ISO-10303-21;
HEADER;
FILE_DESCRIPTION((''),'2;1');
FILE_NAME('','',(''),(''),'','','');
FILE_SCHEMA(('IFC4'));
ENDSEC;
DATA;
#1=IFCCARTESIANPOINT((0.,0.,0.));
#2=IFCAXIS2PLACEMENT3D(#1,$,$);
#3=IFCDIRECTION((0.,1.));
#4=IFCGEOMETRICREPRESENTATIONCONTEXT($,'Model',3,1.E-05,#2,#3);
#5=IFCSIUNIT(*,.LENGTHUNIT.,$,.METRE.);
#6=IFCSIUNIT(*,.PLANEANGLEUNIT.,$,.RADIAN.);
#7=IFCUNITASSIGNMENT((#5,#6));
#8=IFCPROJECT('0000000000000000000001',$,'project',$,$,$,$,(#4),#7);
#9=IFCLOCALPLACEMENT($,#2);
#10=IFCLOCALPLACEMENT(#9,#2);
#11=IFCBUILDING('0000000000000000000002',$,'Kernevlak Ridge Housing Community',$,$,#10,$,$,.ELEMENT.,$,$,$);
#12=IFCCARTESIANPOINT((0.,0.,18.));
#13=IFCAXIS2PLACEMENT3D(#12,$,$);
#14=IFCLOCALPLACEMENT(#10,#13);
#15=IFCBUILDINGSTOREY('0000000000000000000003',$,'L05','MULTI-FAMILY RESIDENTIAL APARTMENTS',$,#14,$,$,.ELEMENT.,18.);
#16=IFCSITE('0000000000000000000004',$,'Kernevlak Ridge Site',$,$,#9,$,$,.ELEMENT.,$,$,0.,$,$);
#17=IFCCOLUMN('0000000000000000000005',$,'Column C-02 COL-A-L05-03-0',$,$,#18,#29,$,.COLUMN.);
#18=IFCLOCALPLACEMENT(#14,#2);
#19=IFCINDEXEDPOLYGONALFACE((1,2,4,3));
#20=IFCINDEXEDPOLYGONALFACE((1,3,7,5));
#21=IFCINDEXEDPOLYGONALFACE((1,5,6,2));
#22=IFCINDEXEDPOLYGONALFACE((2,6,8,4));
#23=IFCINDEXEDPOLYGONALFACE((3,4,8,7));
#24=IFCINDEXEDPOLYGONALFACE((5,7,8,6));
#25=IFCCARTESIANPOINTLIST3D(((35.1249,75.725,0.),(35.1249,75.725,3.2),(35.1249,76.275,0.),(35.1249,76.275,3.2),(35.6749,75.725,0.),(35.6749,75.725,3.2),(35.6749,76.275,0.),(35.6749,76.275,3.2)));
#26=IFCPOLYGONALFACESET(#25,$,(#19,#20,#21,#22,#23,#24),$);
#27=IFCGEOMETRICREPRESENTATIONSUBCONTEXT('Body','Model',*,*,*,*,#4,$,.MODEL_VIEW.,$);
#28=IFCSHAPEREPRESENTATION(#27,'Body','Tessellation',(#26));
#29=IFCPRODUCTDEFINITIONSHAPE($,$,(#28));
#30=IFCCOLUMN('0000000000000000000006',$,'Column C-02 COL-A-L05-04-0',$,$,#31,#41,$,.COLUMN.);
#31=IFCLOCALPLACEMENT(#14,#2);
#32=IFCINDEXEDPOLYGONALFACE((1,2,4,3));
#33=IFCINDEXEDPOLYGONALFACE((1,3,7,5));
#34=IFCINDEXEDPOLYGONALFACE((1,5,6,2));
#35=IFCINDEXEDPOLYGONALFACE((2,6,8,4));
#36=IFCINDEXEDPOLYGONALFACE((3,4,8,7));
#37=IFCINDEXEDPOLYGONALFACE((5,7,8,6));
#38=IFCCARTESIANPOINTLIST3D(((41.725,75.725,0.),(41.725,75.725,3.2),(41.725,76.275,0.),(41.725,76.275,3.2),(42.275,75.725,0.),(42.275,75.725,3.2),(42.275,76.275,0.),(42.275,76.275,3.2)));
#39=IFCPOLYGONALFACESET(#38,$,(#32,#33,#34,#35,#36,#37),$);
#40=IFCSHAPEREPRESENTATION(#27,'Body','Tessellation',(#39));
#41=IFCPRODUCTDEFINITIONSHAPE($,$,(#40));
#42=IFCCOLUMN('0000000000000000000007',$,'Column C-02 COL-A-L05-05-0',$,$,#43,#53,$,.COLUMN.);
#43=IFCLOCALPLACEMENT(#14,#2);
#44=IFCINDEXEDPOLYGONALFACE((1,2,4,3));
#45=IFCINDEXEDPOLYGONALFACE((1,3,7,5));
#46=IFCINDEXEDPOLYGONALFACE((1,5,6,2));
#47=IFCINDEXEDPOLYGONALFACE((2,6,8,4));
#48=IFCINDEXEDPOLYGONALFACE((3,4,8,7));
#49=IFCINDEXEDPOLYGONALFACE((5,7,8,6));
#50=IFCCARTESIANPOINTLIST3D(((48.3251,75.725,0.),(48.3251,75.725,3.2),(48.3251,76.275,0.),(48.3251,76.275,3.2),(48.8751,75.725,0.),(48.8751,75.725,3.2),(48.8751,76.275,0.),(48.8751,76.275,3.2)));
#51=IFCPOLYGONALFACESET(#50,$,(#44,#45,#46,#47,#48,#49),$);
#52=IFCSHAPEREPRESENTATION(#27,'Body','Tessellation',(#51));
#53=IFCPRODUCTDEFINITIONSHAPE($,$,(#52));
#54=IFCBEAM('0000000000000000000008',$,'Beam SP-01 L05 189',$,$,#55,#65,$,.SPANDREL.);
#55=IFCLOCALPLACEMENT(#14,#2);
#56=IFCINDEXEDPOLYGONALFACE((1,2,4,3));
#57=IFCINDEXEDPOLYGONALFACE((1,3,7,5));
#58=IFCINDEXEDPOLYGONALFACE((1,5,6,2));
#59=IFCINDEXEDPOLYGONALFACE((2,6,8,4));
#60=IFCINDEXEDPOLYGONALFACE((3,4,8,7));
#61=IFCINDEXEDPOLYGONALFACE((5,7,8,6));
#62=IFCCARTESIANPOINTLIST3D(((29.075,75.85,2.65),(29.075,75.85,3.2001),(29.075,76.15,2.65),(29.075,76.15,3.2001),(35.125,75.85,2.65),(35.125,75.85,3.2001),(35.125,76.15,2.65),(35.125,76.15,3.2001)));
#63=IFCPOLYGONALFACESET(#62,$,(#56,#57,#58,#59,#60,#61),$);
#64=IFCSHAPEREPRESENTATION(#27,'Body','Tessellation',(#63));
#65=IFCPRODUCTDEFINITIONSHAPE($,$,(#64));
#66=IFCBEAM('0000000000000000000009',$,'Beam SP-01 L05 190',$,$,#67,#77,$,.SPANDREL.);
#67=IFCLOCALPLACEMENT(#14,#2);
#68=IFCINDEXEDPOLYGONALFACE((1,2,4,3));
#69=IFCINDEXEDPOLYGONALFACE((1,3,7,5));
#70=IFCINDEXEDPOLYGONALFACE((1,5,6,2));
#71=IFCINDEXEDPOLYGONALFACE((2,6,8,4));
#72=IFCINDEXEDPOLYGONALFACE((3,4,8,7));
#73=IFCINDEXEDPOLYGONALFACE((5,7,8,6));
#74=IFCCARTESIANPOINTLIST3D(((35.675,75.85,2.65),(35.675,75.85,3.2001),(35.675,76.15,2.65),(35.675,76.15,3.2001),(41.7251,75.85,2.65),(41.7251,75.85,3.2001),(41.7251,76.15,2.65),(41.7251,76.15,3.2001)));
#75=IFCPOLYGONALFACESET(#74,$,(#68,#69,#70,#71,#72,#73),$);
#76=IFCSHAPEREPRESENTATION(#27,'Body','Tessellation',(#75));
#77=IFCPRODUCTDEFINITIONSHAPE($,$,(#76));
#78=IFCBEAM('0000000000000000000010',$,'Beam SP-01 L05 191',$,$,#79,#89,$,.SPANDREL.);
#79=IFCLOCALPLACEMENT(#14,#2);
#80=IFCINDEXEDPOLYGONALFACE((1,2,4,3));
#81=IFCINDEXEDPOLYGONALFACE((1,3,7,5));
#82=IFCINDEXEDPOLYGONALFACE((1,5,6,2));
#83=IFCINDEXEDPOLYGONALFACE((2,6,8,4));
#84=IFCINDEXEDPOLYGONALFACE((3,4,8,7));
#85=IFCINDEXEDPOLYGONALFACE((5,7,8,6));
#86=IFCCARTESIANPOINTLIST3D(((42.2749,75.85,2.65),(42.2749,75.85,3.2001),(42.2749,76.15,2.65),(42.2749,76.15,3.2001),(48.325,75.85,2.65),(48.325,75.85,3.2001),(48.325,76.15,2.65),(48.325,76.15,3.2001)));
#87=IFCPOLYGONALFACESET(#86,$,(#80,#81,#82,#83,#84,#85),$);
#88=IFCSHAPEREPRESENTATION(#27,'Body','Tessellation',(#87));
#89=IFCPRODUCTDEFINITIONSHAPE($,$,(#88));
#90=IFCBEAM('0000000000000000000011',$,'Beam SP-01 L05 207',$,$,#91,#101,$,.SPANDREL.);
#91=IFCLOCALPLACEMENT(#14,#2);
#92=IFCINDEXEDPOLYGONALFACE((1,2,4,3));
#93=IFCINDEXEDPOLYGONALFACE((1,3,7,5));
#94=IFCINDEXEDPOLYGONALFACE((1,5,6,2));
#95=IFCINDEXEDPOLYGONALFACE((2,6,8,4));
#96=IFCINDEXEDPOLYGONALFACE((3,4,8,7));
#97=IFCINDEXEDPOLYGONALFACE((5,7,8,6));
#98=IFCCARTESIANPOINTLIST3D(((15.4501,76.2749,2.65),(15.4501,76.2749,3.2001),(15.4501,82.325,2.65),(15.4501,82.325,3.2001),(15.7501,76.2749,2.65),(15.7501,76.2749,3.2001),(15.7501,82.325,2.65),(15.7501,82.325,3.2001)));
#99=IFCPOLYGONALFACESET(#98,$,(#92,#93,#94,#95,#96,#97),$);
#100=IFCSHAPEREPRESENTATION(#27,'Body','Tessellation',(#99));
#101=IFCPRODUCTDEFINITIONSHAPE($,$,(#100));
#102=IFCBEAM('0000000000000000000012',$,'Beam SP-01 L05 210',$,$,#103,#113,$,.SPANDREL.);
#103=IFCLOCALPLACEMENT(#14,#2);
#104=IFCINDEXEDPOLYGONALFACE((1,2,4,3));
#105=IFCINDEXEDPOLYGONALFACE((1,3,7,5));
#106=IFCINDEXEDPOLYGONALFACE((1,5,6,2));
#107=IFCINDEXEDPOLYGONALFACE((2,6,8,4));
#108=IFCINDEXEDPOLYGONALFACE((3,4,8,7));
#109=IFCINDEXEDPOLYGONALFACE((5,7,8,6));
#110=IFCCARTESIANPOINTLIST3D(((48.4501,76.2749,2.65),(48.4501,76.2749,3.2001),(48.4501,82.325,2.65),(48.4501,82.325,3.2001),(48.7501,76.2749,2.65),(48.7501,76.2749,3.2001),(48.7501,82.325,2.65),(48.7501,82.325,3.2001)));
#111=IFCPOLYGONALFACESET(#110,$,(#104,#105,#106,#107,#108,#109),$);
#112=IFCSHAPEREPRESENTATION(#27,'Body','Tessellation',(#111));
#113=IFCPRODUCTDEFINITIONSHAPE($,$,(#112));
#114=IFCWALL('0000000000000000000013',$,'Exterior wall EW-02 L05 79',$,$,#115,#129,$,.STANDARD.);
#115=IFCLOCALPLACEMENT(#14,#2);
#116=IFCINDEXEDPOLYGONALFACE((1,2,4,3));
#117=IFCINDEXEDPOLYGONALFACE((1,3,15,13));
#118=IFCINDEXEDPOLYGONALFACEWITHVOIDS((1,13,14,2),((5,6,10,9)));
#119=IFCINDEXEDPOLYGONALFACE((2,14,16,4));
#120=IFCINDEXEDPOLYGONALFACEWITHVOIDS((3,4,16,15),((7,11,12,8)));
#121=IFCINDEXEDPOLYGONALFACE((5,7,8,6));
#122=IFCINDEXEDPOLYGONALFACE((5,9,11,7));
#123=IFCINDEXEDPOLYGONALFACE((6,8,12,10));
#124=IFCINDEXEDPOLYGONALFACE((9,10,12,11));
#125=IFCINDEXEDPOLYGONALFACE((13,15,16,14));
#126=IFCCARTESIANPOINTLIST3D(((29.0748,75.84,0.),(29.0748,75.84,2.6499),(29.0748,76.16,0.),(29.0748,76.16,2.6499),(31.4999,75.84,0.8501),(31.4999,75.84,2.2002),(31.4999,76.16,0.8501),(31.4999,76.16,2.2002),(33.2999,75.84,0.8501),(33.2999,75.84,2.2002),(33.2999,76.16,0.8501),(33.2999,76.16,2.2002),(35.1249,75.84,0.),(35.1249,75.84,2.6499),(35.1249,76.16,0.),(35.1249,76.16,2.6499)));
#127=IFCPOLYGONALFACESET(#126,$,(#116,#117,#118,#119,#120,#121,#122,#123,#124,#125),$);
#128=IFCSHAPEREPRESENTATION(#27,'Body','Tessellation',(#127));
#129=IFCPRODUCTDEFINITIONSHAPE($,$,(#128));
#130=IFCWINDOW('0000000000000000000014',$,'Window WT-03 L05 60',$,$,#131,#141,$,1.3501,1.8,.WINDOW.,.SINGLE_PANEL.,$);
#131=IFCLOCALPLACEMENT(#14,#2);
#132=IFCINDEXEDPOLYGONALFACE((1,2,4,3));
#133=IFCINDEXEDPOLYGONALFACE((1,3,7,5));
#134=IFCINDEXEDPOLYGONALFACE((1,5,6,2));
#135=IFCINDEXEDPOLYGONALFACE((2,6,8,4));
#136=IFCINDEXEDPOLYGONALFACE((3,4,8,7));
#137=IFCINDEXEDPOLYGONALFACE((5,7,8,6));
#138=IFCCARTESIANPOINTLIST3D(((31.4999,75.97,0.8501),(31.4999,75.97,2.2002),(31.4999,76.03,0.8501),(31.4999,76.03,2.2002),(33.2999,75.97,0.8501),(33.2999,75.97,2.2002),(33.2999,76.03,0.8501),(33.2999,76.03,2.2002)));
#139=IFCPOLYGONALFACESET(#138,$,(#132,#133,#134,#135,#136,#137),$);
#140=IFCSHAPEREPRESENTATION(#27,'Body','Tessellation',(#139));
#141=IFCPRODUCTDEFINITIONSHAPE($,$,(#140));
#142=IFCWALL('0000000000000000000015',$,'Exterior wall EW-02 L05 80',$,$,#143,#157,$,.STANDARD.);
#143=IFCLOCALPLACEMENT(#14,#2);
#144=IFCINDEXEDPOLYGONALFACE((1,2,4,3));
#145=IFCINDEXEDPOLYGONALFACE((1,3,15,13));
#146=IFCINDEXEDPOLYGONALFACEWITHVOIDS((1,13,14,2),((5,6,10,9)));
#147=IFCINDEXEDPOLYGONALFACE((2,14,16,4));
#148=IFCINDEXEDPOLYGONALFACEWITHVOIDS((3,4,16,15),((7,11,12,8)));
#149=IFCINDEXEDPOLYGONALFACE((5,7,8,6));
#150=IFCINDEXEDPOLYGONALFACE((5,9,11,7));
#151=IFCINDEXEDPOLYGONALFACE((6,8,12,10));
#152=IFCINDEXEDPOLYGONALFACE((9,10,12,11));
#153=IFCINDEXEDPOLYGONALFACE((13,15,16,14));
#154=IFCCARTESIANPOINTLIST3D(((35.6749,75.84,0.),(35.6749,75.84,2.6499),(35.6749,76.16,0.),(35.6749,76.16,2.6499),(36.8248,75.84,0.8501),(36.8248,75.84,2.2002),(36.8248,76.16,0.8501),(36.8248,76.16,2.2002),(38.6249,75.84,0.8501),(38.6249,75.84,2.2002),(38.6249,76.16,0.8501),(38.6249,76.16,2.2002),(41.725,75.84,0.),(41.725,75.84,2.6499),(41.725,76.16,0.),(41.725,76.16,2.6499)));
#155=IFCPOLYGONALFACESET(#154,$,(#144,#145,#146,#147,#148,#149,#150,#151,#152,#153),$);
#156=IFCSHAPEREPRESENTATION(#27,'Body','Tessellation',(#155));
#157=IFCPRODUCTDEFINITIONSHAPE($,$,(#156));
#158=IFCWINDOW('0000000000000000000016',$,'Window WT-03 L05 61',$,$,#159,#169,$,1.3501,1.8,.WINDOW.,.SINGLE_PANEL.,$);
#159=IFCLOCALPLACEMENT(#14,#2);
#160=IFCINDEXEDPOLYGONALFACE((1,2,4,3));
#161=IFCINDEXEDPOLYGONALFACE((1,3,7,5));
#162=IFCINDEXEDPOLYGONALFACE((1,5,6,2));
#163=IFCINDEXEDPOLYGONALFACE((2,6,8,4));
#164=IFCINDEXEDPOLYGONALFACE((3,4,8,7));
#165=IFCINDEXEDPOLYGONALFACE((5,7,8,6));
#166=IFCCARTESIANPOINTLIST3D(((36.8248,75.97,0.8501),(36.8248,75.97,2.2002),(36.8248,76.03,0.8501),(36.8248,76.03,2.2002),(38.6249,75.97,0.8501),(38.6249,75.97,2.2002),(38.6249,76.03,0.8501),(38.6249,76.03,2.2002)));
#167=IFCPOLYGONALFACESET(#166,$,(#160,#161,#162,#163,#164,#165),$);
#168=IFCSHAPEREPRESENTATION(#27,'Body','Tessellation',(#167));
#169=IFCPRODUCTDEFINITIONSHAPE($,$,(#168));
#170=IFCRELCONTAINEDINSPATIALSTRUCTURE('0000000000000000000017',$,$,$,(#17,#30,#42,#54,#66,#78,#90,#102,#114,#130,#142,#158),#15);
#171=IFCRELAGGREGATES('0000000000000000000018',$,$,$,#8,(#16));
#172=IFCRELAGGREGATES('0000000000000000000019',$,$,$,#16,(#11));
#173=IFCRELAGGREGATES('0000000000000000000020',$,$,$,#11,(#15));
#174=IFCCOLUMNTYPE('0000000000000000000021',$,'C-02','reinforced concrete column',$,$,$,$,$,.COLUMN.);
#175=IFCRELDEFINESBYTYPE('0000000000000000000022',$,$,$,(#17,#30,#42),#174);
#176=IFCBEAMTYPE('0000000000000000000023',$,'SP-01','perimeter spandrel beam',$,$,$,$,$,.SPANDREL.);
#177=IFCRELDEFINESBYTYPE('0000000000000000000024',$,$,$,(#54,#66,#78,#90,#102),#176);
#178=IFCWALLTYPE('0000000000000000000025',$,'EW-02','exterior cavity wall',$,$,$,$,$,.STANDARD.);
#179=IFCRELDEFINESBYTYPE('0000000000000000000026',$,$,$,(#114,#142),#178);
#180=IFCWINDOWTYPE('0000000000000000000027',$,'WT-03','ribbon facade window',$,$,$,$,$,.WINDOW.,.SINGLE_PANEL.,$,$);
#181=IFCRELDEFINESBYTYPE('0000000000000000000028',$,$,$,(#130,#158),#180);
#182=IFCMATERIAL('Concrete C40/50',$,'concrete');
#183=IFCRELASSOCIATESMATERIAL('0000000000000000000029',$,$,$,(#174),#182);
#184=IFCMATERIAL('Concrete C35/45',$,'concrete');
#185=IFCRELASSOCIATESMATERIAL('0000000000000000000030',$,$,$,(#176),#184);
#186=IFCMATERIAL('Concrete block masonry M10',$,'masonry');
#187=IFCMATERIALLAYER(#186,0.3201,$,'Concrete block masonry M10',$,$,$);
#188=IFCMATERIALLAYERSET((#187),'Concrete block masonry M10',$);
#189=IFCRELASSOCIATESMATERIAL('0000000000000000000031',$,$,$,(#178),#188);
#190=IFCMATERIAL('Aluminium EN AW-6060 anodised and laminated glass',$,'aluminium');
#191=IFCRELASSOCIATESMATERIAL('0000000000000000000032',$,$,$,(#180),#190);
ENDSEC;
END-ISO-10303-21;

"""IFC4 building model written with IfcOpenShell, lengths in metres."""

from ifc_helpers import new_model, si_unit, direction, frame, frame_2d, origin, origin_2d, place, context, subcontext, project, spatial, rectangle, extrude, material, layer, layer_set, material_profile, profile_set, type_object, element, fill, save


model = new_model("IFC4")

# Units and contexts
model_context = context("Model", 3, precision=1e-05, world=origin(), true_north=direction((0.0, 1.0)))
body_context = subcontext(model_context, "Body", "Model", "MODEL_VIEW")
ifc_project = project(units=[si_unit("LENGTHUNIT", "METRE"), si_unit("PLANEANGLEUNIT", "RADIAN")], contexts=[model_context])

# Site, building, storey
site_placement = place(None, origin())
site = spatial("IfcSite", under=ifc_project, at=site_placement, Name="Kernevlak Ridge Site", CompositionType="ELEMENT", RefElevation=0.0)
building_placement = place(site_placement, origin())
building = spatial("IfcBuilding", under=site, at=building_placement, Name="Kernevlak Ridge Housing Community", CompositionType="ELEMENT")
storey_placement = place(building_placement, frame((0.0, 0.0, 18.0)))
storey = spatial("IfcBuildingStorey", under=building, at=storey_placement, Name="L05", Description="MULTI-FAMILY RESIDENTIAL APARTMENTS", CompositionType="ELEMENT", Elevation=18.0)

# Columns
ifc_material_1 = material(Name="Concrete C40/50", Category="concrete")
ifc_material_profile_1 = material_profile(ifc_material_1, rectangle(XDim=0.55, YDim=0.55, at=origin_2d()), Name="RC 550x550")
ifc_profile_set_1 = profile_set([ifc_material_profile_1], Name="Concrete C40/50")
column_type = type_object("IfcColumnType", Name="C-02", Description="reinforced concrete column", PredefinedType="COLUMN", material=ifc_profile_set_1)
for number, where, z_axis, x_axis, name in (
    (1, (35.3999, 76.0, 0.0), (0.0, 0.0, 1.0), (1.0, 0.0, 0.0), "Column C-02 COL-A-L05-03-0"),
    (2, (42.0, 76.0, 0.0), (0.0, 0.0, 1.0), (1.0, 0.0, 0.0), "Column C-02 COL-A-L05-04-0"),
    (3, (48.6001, 76.0, 0.0), (0.0, 0.0, 1.0), (1.0, 0.0, 0.0), "Column C-02 COL-A-L05-05-0"),
):
    element("IfcColumn", number, at=place(storey_placement, frame(where, z_axis=z_axis, x_axis=x_axis)), inside=storey, type_object=column_type, Name=name, PredefinedType="COLUMN", context=body_context, shape_type="SweptSolid", body=[
        extrude(rectangle(XDim=0.55, YDim=0.55, at=origin_2d()), origin(), (0.0, 0.0, 1.0), 3.2),
    ])

# Beams
ifc_material_2 = material(Name="Concrete C35/45", Category="concrete")
ifc_material_profile_2 = material_profile(ifc_material_2, rectangle(XDim=0.3, YDim=0.55, at=origin_2d()), Name="RC 300x550")
ifc_profile_set_2 = profile_set([ifc_material_profile_2], Name="Concrete C35/45")
beam_type = type_object("IfcBeamType", Name="SP-01", Description="perimeter spandrel beam", PredefinedType="SPANDREL", material=ifc_profile_set_2)
for number, where, z_axis, x_axis, name in (
    (4, (29.075, 76.0, 2.925), (1.0, 0.0, 0.0), (0.0, 1.0, 0.0), "Beam SP-01 L05 189"),
    (5, (35.675, 76.0, 2.925), (1.0, 0.0, 0.0), (0.0, 1.0, 0.0), "Beam SP-01 L05 190"),
    (6, (42.2749, 76.0, 2.925), (1.0, 0.0, 0.0), (0.0, 1.0, 0.0), "Beam SP-01 L05 191"),
    (7, (15.6001, 76.2749, 2.925), (0.0, 1.0, 0.0), (-1.0, 0.0, 0.0), "Beam SP-01 L05 207"),
    (8, (48.6001, 76.2749, 2.925), (0.0, 1.0, 0.0), (-1.0, 0.0, 0.0), "Beam SP-01 L05 210"),
):
    element("IfcBeam", number, at=place(storey_placement, frame(where, z_axis=z_axis, x_axis=x_axis)), inside=storey, type_object=beam_type, Name=name, PredefinedType="SPANDREL", context=body_context, shape_type="SweptSolid", body=[
        extrude(rectangle(XDim=0.3, YDim=0.55, at=origin_2d()), origin(), (0.0, 0.0, 1.0), 6.05),
    ])

# Walls, openings, windows
ifc_material_3 = material(Name="Concrete block masonry M10", Category="masonry")
ifc_layer_1 = layer(ifc_material_3, 0.3201, Name="Concrete block masonry M10")
ifc_layer_set_1 = layer_set([ifc_layer_1], Name="Concrete block masonry M10")
wall_type_1 = type_object("IfcWallType", Name="EW-02", Description="exterior cavity wall", PredefinedType="STANDARD", material=ifc_layer_set_1)
wall_1_placement = place(storey_placement, frame((29.075, 76.0, 0.0), z_axis=(0.0, 0.0, 1.0), x_axis=(1.0, 0.0, 0.0)))
wall_1 = element("IfcWall", 9, at=wall_1_placement, inside=storey, type_object=wall_type_1, Name="Exterior wall EW-02 L05 79", PredefinedType="STANDARD", context=body_context, shape_type="SweptSolid", body=[
    extrude(rectangle(XDim=6.05, YDim=0.3201, at=frame_2d((3.0249, 0.0))), origin(), (0.0, 0.0, 1.0), 2.6499),
])
opening_1_placement = place(wall_1_placement, frame((2.425, 0.0, 0.8501)))
opening_1 = element("IfcOpeningElement", 10, at=opening_1_placement, cuts=wall_1, PredefinedType="OPENING", context=body_context, shape_type="SweptSolid", body=[
    extrude(rectangle(XDim=1.8, YDim=1.3501, at=frame_2d((0.8999, 0.675))), frame((0.0, 0.1699, 0.0), z_axis=(0.0, -1.0, 0.0), x_axis=(1.0, 0.0, 0.0)), (0.0, 0.0, 1.0), 0.3401),
])
ifc_material_4 = material(Name="Aluminium EN AW-6060 anodised and laminated glass", Category="aluminium")
window_type_1 = type_object("IfcWindowType", Name="WT-03", Description="ribbon facade window", PartitioningType="SINGLE_PANEL", PredefinedType="WINDOW", material=ifc_material_4)
window_1_placement = place(opening_1_placement, origin())
window_1 = element("IfcWindow", 11, at=window_1_placement, inside=storey, type_object=window_type_1, Name="Window WT-03 L05 60", OverallHeight=1.3501, OverallWidth=1.8, PartitioningType="SINGLE_PANEL", PredefinedType="WINDOW", context=body_context, shape_type="SweptSolid", body=[
    extrude(rectangle(XDim=1.8, YDim=1.3501, at=frame_2d((0.8999, 0.675))), frame((0.0, 0.03, 0.0), z_axis=(0.0, -1.0, 0.0), x_axis=(1.0, 0.0, 0.0)), (0.0, 0.0, 1.0), 0.0601),
])
fill(opening_1, window_1)
wall_2_placement = place(storey_placement, frame((35.675, 76.0, 0.0), z_axis=(0.0, 0.0, 1.0), x_axis=(1.0, 0.0, 0.0)))
wall_2 = element("IfcWall", 12, at=wall_2_placement, inside=storey, type_object=wall_type_1, Name="Exterior wall EW-02 L05 80", PredefinedType="STANDARD", context=body_context, shape_type="SweptSolid", body=[
    extrude(rectangle(XDim=6.05, YDim=0.3201, at=frame_2d((3.0249, 0.0))), origin(), (0.0, 0.0, 1.0), 2.6499),
])
opening_2_placement = place(wall_2_placement, frame((1.1499, 0.0, 0.8501)))
opening_2 = element("IfcOpeningElement", 13, at=opening_2_placement, cuts=wall_2, PredefinedType="OPENING", context=body_context, shape_type="SweptSolid", body=[
    extrude(rectangle(XDim=1.8, YDim=1.3501, at=frame_2d((0.8999, 0.675))), frame((0.0, 0.1699, 0.0), z_axis=(0.0, -1.0, 0.0), x_axis=(1.0, 0.0, 0.0)), (0.0, 0.0, 1.0), 0.3401),
])
window_2_placement = place(opening_2_placement, origin())
window_2 = element("IfcWindow", 14, at=window_2_placement, inside=storey, type_object=window_type_1, Name="Window WT-03 L05 61", OverallHeight=1.3501, OverallWidth=1.8, PartitioningType="SINGLE_PANEL", PredefinedType="WINDOW", context=body_context, shape_type="SweptSolid", body=[
    extrude(rectangle(XDim=1.8, YDim=1.3501, at=frame_2d((0.8999, 0.675))), frame((0.0, 0.03, 0.0), z_axis=(0.0, -1.0, 0.0), x_axis=(1.0, 0.0, 0.0)), (0.0, 0.0, 1.0), 0.0601),
])
fill(opening_2, window_2)

save(model, "model.ifc")
